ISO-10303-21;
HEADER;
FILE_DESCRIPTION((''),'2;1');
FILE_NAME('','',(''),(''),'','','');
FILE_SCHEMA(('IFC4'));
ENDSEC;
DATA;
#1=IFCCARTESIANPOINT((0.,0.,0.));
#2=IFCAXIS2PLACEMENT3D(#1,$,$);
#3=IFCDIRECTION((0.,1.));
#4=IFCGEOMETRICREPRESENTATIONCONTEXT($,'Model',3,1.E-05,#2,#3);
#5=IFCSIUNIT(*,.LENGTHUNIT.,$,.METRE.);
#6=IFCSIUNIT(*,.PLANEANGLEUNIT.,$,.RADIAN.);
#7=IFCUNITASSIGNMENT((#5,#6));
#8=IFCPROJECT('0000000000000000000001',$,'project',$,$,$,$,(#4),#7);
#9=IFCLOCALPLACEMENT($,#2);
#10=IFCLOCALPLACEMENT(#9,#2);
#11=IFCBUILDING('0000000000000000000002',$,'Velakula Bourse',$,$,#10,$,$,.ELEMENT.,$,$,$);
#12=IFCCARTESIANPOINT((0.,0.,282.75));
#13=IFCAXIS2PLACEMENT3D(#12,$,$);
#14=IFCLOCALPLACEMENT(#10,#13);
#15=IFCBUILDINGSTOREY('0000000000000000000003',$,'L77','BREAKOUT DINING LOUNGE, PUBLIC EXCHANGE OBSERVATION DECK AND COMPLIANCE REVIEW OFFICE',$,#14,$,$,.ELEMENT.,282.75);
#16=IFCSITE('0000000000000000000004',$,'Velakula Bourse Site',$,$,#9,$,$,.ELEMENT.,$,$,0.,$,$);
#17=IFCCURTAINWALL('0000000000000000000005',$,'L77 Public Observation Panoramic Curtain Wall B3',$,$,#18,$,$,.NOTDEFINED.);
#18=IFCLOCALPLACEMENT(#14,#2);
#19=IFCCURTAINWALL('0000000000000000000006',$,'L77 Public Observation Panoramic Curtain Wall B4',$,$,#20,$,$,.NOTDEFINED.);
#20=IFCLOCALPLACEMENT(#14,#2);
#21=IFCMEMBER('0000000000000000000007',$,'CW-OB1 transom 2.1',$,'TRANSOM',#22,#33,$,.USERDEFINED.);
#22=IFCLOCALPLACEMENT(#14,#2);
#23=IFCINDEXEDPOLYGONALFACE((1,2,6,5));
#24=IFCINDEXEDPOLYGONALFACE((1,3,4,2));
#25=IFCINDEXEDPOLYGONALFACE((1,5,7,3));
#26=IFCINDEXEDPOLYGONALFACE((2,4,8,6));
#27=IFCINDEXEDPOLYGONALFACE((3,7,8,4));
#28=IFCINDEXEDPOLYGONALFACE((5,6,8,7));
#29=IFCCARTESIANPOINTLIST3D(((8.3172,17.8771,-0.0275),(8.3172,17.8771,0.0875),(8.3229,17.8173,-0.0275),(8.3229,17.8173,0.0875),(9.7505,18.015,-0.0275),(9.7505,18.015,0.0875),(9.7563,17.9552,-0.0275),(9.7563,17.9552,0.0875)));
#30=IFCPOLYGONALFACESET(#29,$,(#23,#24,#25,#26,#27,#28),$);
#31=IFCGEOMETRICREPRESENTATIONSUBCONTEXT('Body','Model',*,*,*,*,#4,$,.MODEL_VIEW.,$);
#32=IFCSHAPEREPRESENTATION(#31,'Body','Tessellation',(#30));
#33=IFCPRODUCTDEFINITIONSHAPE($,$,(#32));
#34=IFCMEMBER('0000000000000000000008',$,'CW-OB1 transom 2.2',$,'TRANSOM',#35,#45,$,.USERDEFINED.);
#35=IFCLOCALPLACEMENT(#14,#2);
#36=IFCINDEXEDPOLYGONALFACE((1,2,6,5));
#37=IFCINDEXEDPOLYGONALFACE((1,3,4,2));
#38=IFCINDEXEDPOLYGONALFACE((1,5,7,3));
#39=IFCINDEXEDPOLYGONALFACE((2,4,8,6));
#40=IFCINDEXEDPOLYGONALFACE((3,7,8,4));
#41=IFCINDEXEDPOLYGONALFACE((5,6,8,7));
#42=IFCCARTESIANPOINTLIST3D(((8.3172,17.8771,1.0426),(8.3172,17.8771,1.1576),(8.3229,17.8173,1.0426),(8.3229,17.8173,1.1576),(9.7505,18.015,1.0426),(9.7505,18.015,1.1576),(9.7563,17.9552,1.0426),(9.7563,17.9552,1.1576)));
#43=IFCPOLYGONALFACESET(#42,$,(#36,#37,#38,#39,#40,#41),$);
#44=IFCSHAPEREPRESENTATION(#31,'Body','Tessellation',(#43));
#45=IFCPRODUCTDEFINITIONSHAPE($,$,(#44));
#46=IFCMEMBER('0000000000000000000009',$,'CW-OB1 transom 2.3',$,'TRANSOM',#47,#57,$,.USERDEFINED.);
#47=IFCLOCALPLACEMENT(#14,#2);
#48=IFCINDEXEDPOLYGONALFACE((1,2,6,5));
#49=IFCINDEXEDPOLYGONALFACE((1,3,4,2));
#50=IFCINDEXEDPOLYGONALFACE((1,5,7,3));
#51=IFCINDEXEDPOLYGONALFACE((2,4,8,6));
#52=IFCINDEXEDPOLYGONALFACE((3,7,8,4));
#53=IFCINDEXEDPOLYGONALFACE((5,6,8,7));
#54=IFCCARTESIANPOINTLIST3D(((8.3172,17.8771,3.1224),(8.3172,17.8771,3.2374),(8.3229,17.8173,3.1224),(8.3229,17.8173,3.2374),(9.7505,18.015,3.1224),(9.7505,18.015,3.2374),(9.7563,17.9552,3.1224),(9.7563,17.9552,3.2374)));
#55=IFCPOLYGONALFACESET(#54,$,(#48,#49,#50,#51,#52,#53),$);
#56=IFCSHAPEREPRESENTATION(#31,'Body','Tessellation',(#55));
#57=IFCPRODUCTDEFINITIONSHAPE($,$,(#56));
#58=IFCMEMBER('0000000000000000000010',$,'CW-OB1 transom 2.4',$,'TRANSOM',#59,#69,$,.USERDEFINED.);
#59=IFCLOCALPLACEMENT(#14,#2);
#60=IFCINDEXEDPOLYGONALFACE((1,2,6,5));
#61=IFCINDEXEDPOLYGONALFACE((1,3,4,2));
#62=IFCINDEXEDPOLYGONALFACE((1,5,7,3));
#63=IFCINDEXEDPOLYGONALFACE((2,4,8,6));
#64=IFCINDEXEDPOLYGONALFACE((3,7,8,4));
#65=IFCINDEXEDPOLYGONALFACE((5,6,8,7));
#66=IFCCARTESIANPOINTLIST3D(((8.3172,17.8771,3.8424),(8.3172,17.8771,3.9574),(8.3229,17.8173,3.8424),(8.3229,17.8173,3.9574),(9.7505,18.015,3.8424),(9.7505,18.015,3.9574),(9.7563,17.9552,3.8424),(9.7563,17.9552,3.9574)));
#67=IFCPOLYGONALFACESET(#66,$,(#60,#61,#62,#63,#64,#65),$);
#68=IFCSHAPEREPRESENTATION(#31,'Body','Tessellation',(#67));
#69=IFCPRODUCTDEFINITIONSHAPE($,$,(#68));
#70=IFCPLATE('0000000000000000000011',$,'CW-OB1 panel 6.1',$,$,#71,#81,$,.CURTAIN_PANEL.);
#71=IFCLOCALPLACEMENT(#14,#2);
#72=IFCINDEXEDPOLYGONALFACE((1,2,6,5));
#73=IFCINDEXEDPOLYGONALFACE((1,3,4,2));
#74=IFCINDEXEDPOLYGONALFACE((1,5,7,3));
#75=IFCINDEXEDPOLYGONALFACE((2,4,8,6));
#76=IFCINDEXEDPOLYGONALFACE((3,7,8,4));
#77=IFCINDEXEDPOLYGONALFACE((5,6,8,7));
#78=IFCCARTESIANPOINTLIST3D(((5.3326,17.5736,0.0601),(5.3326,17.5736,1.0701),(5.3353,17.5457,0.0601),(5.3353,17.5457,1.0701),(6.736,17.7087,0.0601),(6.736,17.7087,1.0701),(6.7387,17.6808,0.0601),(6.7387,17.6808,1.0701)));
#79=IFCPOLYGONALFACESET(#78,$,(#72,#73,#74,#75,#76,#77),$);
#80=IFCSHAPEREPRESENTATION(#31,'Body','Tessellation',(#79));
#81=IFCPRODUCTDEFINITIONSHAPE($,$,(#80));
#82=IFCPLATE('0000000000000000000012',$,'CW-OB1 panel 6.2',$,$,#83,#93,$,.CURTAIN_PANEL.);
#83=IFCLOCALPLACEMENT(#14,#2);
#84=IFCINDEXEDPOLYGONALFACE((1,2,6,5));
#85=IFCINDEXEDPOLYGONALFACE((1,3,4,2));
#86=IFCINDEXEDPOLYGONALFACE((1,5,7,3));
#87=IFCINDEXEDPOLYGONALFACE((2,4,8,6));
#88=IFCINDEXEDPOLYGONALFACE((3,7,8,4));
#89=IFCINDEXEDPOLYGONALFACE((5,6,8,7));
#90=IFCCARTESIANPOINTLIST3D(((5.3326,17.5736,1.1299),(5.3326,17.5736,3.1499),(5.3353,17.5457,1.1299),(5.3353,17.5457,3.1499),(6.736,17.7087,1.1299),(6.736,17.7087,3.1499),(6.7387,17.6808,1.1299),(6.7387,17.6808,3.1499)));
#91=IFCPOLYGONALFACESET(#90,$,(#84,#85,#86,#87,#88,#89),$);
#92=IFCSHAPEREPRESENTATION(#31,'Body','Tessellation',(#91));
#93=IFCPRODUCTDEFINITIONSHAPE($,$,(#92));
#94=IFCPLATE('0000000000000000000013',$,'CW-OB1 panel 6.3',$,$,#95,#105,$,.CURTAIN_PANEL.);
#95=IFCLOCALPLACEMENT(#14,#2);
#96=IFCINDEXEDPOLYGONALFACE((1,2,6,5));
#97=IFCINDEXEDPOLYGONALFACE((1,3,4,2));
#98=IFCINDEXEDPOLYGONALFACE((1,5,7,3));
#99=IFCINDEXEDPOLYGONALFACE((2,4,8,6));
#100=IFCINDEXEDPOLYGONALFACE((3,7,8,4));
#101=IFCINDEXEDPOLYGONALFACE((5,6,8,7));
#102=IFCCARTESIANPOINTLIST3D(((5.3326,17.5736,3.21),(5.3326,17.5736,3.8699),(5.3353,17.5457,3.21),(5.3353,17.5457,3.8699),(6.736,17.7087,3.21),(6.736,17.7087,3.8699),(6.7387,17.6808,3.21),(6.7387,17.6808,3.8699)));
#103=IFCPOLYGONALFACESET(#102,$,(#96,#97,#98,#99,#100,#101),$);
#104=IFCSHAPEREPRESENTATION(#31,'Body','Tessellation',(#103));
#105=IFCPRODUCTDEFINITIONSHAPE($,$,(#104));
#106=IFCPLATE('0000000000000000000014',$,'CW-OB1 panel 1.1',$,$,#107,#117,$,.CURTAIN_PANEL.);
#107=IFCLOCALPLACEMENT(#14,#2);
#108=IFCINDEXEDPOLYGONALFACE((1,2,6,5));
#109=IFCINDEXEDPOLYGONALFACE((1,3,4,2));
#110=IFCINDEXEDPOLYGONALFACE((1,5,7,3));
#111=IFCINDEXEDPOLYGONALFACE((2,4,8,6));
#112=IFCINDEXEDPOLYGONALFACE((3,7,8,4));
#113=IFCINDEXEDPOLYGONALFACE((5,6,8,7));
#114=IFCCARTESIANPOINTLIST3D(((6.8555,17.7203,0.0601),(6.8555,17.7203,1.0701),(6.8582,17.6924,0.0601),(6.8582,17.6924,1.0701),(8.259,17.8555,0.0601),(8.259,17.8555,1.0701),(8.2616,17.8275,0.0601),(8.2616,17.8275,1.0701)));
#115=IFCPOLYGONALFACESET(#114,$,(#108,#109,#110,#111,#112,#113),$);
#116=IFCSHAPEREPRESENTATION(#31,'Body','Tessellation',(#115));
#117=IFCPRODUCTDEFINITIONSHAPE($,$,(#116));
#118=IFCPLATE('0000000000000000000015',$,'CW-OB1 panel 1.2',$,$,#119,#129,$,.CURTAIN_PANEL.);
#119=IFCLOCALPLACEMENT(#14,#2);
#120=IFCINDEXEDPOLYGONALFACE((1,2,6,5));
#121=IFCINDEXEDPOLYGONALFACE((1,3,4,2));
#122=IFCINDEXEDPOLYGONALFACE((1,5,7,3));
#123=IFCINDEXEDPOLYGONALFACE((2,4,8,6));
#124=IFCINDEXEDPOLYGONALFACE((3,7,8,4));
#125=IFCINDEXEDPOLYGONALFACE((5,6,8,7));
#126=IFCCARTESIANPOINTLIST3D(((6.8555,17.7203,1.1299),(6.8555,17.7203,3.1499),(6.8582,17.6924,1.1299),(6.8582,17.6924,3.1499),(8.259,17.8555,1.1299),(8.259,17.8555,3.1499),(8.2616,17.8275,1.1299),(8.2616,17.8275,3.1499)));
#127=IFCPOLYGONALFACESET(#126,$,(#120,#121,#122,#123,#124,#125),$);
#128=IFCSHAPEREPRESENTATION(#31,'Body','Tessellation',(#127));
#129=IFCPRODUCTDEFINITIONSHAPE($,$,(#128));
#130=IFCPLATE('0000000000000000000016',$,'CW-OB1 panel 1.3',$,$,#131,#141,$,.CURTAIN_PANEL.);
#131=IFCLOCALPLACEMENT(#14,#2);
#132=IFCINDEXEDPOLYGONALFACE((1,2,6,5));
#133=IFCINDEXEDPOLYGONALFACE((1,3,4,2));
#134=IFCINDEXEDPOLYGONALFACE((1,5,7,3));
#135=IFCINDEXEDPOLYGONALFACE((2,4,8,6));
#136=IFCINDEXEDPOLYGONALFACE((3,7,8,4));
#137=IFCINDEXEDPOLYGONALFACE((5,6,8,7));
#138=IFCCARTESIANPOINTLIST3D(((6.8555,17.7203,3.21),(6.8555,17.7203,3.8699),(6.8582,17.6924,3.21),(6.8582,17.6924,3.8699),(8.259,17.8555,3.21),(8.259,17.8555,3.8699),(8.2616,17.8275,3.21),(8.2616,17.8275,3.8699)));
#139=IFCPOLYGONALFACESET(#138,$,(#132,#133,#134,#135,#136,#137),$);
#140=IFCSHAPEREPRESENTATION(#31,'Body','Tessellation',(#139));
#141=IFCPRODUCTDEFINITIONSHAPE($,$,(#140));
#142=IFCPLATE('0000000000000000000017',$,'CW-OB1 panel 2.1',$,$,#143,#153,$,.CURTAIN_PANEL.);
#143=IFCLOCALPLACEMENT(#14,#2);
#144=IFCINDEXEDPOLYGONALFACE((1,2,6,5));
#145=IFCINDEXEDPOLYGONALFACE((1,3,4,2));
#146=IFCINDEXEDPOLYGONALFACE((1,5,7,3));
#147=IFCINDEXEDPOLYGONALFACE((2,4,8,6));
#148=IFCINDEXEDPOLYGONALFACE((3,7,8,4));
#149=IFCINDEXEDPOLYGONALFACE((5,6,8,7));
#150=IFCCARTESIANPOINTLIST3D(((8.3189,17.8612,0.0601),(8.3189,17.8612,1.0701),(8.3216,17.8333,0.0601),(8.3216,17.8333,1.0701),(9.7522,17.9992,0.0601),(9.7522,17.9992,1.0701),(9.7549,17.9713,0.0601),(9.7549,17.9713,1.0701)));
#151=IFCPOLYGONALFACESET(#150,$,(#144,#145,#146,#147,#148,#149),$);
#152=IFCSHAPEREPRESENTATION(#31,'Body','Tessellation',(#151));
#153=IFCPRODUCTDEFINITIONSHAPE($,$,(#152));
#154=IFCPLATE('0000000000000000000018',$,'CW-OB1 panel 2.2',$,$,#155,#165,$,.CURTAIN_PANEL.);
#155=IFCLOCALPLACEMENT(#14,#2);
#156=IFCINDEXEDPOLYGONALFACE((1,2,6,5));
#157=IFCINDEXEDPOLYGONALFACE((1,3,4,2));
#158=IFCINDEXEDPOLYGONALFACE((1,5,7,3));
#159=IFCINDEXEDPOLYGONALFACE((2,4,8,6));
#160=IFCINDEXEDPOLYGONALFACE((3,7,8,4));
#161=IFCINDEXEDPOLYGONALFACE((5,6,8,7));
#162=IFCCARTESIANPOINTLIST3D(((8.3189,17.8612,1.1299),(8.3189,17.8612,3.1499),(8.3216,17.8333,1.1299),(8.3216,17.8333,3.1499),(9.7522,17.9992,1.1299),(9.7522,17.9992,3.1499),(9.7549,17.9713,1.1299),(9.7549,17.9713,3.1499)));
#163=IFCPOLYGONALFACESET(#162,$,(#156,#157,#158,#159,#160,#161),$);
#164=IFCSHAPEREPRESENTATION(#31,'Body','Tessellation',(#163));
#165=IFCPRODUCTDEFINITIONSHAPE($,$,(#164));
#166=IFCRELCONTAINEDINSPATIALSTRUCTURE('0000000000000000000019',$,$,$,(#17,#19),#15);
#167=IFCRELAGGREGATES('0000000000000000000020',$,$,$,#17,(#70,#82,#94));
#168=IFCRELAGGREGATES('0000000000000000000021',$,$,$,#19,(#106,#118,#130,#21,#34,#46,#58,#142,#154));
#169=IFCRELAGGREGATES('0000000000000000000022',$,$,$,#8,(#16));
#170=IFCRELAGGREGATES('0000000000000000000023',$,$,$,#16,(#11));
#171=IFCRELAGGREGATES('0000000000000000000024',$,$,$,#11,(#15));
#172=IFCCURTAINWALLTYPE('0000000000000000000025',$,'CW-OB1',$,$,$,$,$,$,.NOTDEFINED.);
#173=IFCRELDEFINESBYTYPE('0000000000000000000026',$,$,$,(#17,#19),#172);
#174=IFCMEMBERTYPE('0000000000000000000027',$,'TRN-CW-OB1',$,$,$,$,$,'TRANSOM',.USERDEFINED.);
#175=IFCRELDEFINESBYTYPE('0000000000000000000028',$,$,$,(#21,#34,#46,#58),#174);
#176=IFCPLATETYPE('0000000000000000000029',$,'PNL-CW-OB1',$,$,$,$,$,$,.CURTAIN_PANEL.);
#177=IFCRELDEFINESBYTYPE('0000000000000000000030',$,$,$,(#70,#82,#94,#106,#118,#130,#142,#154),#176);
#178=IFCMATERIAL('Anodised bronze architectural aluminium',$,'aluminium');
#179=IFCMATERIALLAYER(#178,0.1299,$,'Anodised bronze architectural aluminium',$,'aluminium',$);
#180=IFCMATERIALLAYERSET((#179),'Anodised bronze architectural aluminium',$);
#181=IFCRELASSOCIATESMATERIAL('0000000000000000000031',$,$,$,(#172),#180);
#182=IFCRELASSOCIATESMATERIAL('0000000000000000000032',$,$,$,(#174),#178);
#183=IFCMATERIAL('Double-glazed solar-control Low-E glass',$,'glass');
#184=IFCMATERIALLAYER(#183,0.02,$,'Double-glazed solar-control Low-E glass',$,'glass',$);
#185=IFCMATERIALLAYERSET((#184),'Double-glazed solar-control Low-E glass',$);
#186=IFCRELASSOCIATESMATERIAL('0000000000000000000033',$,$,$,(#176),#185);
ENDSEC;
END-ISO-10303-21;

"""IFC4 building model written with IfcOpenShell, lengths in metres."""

from ifc_helpers import new_model, si_unit, direction, frame, origin, origin_2d, place, context, subcontext, project, spatial, rectangle, extrude, material, layer, layer_set, material_profile, profile_set, type_object, element, aggregate, save


model = new_model("IFC4")

# Units and contexts
model_context = context("Model", 3, precision=1e-05, world=origin(), true_north=direction((0.0, 1.0)))
body_context = subcontext(model_context, "Body", "Model", "MODEL_VIEW")
ifc_project = project(units=[si_unit("LENGTHUNIT", "METRE"), si_unit("PLANEANGLEUNIT", "RADIAN")], contexts=[model_context])

# Site, building, storey
site_placement = place(None, origin())
site = spatial("IfcSite", under=ifc_project, at=site_placement, Name="Velakula Bourse Site", CompositionType="ELEMENT", RefElevation=0.0)
building_placement = place(site_placement, origin())
building = spatial("IfcBuilding", under=site, at=building_placement, Name="Velakula Bourse", CompositionType="ELEMENT")
storey_placement = place(building_placement, frame((0.0, 0.0, 282.75)))
storey = spatial("IfcBuildingStorey", under=building, at=storey_placement, Name="L77", Description="BREAKOUT DINING LOUNGE, PUBLIC EXCHANGE OBSERVATION DECK AND COMPLIANCE REVIEW OFFICE", CompositionType="ELEMENT", Elevation=282.75)

# Curtain wall
ifc_material_1 = material(Name="Anodised bronze architectural aluminium", Category="aluminium")
ifc_layer_1 = layer(ifc_material_1, 0.1299, Name="Anodised bronze architectural aluminium", Category="aluminium")
ifc_layer_set_1 = layer_set([ifc_layer_1], Name="Anodised bronze architectural aluminium")
curtain_wall_type = type_object("IfcCurtainWallType", Name="CW-OB1", PredefinedType="NOTDEFINED", material=ifc_layer_set_1)
curtain_wall_1_placement = place(storey_placement, origin())
curtain_wall_1 = element("IfcCurtainWall", 1, at=curtain_wall_1_placement, inside=storey, type_object=curtain_wall_type, Name="L77 Public Observation Panoramic Curtain Wall B3", PredefinedType="NOTDEFINED")

# Curtain wall
curtain_wall_2_placement = place(storey_placement, origin())
curtain_wall_2 = element("IfcCurtainWall", 2, at=curtain_wall_2_placement, inside=storey, type_object=curtain_wall_type, Name="L77 Public Observation Panoramic Curtain Wall B4", PredefinedType="NOTDEFINED")

# Members
ifc_material_profile_1 = material_profile(ifc_material_1, rectangle(XDim=0.0601, YDim=0.115, at=origin_2d()), Name="Anodised bronze architectural aluminium")
ifc_profile_set_1 = profile_set([ifc_material_profile_1], Name="Anodised bronze architectural aluminium")
member_type_1 = type_object("IfcMemberType", Name="TRN-CW-OB1", ElementType="TRANSOM", PredefinedType="USERDEFINED", material=ifc_profile_set_1)
member_1_placement = place(storey_placement, frame((8.3201, 17.8472, 0.03), z_axis=(0.995401, 0.095793, 0.0), x_axis=(-0.095793, 0.995401, 0.0)))
member_1 = element("IfcMember", 3, at=member_1_placement, type_object=member_type_1, Name="CW-OB1 transom 2.1", ObjectType="TRANSOM", PredefinedType="USERDEFINED", context=body_context, shape_type="SweptSolid", body=[
    extrude(rectangle(XDim=0.0601, YDim=0.115, at=origin_2d()), origin(), (0.0, 0.0, 1.0), 1.4399),
])
member_2_placement = place(storey_placement, frame((8.3201, 17.8472, 1.1001), z_axis=(0.995401, 0.095793, 0.0), x_axis=(-0.095793, 0.995401, 0.0)))
member_2 = element("IfcMember", 4, at=member_2_placement, type_object=member_type_1, Name="CW-OB1 transom 2.2", ObjectType="TRANSOM", PredefinedType="USERDEFINED", context=body_context, shape_type="SweptSolid", body=[
    extrude(rectangle(XDim=0.0601, YDim=0.115, at=origin_2d()), origin(), (0.0, 0.0, 1.0), 1.4399),
])
member_3_placement = place(storey_placement, frame((8.3201, 17.8472, 3.1799), z_axis=(0.995401, 0.095793, 0.0), x_axis=(-0.095793, 0.995401, 0.0)))
member_3 = element("IfcMember", 5, at=member_3_placement, type_object=member_type_1, Name="CW-OB1 transom 2.3", ObjectType="TRANSOM", PredefinedType="USERDEFINED", context=body_context, shape_type="SweptSolid", body=[
    extrude(rectangle(XDim=0.0601, YDim=0.115, at=origin_2d()), origin(), (0.0, 0.0, 1.0), 1.4399),
])
member_4_placement = place(storey_placement, frame((8.3201, 17.8472, 3.8999), z_axis=(0.995401, 0.095793, 0.0), x_axis=(-0.095793, 0.995401, 0.0)))
member_4 = element("IfcMember", 6, at=member_4_placement, type_object=member_type_1, Name="CW-OB1 transom 2.4", ObjectType="TRANSOM", PredefinedType="USERDEFINED", context=body_context, shape_type="SweptSolid", body=[
    extrude(rectangle(XDim=0.0601, YDim=0.115, at=origin_2d()), origin(), (0.0, 0.0, 1.0), 1.4399),
])

# Plates
ifc_material_2 = material(Name="Double-glazed solar-control Low-E glass", Category="glass")
ifc_layer_2 = layer(ifc_material_2, 0.02, Name="Double-glazed solar-control Low-E glass", Category="glass")
ifc_layer_set_2 = layer_set([ifc_layer_2], Name="Double-glazed solar-control Low-E glass")
plate_type = type_object("IfcPlateType", Name="PNL-CW-OB1", PredefinedType="CURTAIN_PANEL", material=ifc_layer_set_2)
plate_1_placement = place(storey_placement, frame((6.0356, 17.6272, 0.0601), z_axis=(0.0, 0.0, 1.0), x_axis=(0.995396, 0.095844, 0.0)))
plate_1 = element("IfcPlate", 7, at=plate_1_placement, type_object=plate_type, Name="CW-OB1 panel 6.1", PredefinedType="CURTAIN_PANEL", context=body_context, shape_type="SweptSolid", body=[
    extrude(rectangle(XDim=1.4099, YDim=0.0281, at=origin_2d()), origin(), (0.0, 0.0, 1.0), 1.01),
])
plate_2_placement = place(storey_placement, frame((6.0356, 17.6272, 1.1299), z_axis=(0.0, 0.0, 1.0), x_axis=(0.995396, 0.095844, 0.0)))
plate_2 = element("IfcPlate", 8, at=plate_2_placement, type_object=plate_type, Name="CW-OB1 panel 6.2", PredefinedType="CURTAIN_PANEL", context=body_context, shape_type="SweptSolid", body=[
    extrude(rectangle(XDim=1.4099, YDim=0.0281, at=origin_2d()), origin(), (0.0, 0.0, 1.0), 2.02),
])
plate_3_placement = place(storey_placement, frame((6.0356, 17.6272, 3.21), z_axis=(0.0, 0.0, 1.0), x_axis=(0.995396, 0.095844, 0.0)))
plate_3 = element("IfcPlate", 9, at=plate_3_placement, type_object=plate_type, Name="CW-OB1 panel 6.3", PredefinedType="CURTAIN_PANEL", context=body_context, shape_type="SweptSolid", body=[
    extrude(rectangle(XDim=1.4099, YDim=0.0281, at=origin_2d()), origin(), (0.0, 0.0, 1.0), 0.6599),
])
aggregate(curtain_wall_1, [plate_1, plate_2, plate_3])
plate_4_placement = place(storey_placement, frame((7.5586, 17.7739, 0.0601), z_axis=(0.0, 0.0, 1.0), x_axis=(0.995396, 0.095844, 0.0)))
plate_4 = element("IfcPlate", 10, at=plate_4_placement, type_object=plate_type, Name="CW-OB1 panel 1.1", PredefinedType="CURTAIN_PANEL", context=body_context, shape_type="SweptSolid", body=[
    extrude(rectangle(XDim=1.4099, YDim=0.0281, at=origin_2d()), origin(), (0.0, 0.0, 1.0), 1.01),
])
plate_5_placement = place(storey_placement, frame((7.5586, 17.7739, 1.1299), z_axis=(0.0, 0.0, 1.0), x_axis=(0.995396, 0.095844, 0.0)))
plate_5 = element("IfcPlate", 11, at=plate_5_placement, type_object=plate_type, Name="CW-OB1 panel 1.2", PredefinedType="CURTAIN_PANEL", context=body_context, shape_type="SweptSolid", body=[
    extrude(rectangle(XDim=1.4099, YDim=0.0281, at=origin_2d()), origin(), (0.0, 0.0, 1.0), 2.02),
])
plate_6_placement = place(storey_placement, frame((7.5586, 17.7739, 3.21), z_axis=(0.0, 0.0, 1.0), x_axis=(0.995396, 0.095844, 0.0)))
plate_6 = element("IfcPlate", 12, at=plate_6_placement, type_object=plate_type, Name="CW-OB1 panel 1.3", PredefinedType="CURTAIN_PANEL", context=body_context, shape_type="SweptSolid", body=[
    extrude(rectangle(XDim=1.4099, YDim=0.0281, at=origin_2d()), origin(), (0.0, 0.0, 1.0), 0.6599),
])
plate_7_placement = place(storey_placement, frame((9.0369, 17.9163, 0.0601), z_axis=(0.0, 0.0, 1.0), x_axis=(0.995396, 0.095844, 0.0)))
plate_7 = element("IfcPlate", 13, at=plate_7_placement, type_object=plate_type, Name="CW-OB1 panel 2.1", PredefinedType="CURTAIN_PANEL", context=body_context, shape_type="SweptSolid", body=[
    extrude(rectangle(XDim=1.4399, YDim=0.0281, at=origin_2d()), origin(), (0.0, 0.0, 1.0), 1.01),
])
plate_8_placement = place(storey_placement, frame((9.0369, 17.9163, 1.1299), z_axis=(0.0, 0.0, 1.0), x_axis=(0.995396, 0.095844, 0.0)))
plate_8 = element("IfcPlate", 14, at=plate_8_placement, type_object=plate_type, Name="CW-OB1 panel 2.2", PredefinedType="CURTAIN_PANEL", context=body_context, shape_type="SweptSolid", body=[
    extrude(rectangle(XDim=1.4399, YDim=0.0281, at=origin_2d()), origin(), (0.0, 0.0, 1.0), 2.02),
])
aggregate(curtain_wall_2, [plate_4, plate_5, plate_6, member_1, member_2, member_3, member_4, plate_7, plate_8])

save(model, "model.ifc")
